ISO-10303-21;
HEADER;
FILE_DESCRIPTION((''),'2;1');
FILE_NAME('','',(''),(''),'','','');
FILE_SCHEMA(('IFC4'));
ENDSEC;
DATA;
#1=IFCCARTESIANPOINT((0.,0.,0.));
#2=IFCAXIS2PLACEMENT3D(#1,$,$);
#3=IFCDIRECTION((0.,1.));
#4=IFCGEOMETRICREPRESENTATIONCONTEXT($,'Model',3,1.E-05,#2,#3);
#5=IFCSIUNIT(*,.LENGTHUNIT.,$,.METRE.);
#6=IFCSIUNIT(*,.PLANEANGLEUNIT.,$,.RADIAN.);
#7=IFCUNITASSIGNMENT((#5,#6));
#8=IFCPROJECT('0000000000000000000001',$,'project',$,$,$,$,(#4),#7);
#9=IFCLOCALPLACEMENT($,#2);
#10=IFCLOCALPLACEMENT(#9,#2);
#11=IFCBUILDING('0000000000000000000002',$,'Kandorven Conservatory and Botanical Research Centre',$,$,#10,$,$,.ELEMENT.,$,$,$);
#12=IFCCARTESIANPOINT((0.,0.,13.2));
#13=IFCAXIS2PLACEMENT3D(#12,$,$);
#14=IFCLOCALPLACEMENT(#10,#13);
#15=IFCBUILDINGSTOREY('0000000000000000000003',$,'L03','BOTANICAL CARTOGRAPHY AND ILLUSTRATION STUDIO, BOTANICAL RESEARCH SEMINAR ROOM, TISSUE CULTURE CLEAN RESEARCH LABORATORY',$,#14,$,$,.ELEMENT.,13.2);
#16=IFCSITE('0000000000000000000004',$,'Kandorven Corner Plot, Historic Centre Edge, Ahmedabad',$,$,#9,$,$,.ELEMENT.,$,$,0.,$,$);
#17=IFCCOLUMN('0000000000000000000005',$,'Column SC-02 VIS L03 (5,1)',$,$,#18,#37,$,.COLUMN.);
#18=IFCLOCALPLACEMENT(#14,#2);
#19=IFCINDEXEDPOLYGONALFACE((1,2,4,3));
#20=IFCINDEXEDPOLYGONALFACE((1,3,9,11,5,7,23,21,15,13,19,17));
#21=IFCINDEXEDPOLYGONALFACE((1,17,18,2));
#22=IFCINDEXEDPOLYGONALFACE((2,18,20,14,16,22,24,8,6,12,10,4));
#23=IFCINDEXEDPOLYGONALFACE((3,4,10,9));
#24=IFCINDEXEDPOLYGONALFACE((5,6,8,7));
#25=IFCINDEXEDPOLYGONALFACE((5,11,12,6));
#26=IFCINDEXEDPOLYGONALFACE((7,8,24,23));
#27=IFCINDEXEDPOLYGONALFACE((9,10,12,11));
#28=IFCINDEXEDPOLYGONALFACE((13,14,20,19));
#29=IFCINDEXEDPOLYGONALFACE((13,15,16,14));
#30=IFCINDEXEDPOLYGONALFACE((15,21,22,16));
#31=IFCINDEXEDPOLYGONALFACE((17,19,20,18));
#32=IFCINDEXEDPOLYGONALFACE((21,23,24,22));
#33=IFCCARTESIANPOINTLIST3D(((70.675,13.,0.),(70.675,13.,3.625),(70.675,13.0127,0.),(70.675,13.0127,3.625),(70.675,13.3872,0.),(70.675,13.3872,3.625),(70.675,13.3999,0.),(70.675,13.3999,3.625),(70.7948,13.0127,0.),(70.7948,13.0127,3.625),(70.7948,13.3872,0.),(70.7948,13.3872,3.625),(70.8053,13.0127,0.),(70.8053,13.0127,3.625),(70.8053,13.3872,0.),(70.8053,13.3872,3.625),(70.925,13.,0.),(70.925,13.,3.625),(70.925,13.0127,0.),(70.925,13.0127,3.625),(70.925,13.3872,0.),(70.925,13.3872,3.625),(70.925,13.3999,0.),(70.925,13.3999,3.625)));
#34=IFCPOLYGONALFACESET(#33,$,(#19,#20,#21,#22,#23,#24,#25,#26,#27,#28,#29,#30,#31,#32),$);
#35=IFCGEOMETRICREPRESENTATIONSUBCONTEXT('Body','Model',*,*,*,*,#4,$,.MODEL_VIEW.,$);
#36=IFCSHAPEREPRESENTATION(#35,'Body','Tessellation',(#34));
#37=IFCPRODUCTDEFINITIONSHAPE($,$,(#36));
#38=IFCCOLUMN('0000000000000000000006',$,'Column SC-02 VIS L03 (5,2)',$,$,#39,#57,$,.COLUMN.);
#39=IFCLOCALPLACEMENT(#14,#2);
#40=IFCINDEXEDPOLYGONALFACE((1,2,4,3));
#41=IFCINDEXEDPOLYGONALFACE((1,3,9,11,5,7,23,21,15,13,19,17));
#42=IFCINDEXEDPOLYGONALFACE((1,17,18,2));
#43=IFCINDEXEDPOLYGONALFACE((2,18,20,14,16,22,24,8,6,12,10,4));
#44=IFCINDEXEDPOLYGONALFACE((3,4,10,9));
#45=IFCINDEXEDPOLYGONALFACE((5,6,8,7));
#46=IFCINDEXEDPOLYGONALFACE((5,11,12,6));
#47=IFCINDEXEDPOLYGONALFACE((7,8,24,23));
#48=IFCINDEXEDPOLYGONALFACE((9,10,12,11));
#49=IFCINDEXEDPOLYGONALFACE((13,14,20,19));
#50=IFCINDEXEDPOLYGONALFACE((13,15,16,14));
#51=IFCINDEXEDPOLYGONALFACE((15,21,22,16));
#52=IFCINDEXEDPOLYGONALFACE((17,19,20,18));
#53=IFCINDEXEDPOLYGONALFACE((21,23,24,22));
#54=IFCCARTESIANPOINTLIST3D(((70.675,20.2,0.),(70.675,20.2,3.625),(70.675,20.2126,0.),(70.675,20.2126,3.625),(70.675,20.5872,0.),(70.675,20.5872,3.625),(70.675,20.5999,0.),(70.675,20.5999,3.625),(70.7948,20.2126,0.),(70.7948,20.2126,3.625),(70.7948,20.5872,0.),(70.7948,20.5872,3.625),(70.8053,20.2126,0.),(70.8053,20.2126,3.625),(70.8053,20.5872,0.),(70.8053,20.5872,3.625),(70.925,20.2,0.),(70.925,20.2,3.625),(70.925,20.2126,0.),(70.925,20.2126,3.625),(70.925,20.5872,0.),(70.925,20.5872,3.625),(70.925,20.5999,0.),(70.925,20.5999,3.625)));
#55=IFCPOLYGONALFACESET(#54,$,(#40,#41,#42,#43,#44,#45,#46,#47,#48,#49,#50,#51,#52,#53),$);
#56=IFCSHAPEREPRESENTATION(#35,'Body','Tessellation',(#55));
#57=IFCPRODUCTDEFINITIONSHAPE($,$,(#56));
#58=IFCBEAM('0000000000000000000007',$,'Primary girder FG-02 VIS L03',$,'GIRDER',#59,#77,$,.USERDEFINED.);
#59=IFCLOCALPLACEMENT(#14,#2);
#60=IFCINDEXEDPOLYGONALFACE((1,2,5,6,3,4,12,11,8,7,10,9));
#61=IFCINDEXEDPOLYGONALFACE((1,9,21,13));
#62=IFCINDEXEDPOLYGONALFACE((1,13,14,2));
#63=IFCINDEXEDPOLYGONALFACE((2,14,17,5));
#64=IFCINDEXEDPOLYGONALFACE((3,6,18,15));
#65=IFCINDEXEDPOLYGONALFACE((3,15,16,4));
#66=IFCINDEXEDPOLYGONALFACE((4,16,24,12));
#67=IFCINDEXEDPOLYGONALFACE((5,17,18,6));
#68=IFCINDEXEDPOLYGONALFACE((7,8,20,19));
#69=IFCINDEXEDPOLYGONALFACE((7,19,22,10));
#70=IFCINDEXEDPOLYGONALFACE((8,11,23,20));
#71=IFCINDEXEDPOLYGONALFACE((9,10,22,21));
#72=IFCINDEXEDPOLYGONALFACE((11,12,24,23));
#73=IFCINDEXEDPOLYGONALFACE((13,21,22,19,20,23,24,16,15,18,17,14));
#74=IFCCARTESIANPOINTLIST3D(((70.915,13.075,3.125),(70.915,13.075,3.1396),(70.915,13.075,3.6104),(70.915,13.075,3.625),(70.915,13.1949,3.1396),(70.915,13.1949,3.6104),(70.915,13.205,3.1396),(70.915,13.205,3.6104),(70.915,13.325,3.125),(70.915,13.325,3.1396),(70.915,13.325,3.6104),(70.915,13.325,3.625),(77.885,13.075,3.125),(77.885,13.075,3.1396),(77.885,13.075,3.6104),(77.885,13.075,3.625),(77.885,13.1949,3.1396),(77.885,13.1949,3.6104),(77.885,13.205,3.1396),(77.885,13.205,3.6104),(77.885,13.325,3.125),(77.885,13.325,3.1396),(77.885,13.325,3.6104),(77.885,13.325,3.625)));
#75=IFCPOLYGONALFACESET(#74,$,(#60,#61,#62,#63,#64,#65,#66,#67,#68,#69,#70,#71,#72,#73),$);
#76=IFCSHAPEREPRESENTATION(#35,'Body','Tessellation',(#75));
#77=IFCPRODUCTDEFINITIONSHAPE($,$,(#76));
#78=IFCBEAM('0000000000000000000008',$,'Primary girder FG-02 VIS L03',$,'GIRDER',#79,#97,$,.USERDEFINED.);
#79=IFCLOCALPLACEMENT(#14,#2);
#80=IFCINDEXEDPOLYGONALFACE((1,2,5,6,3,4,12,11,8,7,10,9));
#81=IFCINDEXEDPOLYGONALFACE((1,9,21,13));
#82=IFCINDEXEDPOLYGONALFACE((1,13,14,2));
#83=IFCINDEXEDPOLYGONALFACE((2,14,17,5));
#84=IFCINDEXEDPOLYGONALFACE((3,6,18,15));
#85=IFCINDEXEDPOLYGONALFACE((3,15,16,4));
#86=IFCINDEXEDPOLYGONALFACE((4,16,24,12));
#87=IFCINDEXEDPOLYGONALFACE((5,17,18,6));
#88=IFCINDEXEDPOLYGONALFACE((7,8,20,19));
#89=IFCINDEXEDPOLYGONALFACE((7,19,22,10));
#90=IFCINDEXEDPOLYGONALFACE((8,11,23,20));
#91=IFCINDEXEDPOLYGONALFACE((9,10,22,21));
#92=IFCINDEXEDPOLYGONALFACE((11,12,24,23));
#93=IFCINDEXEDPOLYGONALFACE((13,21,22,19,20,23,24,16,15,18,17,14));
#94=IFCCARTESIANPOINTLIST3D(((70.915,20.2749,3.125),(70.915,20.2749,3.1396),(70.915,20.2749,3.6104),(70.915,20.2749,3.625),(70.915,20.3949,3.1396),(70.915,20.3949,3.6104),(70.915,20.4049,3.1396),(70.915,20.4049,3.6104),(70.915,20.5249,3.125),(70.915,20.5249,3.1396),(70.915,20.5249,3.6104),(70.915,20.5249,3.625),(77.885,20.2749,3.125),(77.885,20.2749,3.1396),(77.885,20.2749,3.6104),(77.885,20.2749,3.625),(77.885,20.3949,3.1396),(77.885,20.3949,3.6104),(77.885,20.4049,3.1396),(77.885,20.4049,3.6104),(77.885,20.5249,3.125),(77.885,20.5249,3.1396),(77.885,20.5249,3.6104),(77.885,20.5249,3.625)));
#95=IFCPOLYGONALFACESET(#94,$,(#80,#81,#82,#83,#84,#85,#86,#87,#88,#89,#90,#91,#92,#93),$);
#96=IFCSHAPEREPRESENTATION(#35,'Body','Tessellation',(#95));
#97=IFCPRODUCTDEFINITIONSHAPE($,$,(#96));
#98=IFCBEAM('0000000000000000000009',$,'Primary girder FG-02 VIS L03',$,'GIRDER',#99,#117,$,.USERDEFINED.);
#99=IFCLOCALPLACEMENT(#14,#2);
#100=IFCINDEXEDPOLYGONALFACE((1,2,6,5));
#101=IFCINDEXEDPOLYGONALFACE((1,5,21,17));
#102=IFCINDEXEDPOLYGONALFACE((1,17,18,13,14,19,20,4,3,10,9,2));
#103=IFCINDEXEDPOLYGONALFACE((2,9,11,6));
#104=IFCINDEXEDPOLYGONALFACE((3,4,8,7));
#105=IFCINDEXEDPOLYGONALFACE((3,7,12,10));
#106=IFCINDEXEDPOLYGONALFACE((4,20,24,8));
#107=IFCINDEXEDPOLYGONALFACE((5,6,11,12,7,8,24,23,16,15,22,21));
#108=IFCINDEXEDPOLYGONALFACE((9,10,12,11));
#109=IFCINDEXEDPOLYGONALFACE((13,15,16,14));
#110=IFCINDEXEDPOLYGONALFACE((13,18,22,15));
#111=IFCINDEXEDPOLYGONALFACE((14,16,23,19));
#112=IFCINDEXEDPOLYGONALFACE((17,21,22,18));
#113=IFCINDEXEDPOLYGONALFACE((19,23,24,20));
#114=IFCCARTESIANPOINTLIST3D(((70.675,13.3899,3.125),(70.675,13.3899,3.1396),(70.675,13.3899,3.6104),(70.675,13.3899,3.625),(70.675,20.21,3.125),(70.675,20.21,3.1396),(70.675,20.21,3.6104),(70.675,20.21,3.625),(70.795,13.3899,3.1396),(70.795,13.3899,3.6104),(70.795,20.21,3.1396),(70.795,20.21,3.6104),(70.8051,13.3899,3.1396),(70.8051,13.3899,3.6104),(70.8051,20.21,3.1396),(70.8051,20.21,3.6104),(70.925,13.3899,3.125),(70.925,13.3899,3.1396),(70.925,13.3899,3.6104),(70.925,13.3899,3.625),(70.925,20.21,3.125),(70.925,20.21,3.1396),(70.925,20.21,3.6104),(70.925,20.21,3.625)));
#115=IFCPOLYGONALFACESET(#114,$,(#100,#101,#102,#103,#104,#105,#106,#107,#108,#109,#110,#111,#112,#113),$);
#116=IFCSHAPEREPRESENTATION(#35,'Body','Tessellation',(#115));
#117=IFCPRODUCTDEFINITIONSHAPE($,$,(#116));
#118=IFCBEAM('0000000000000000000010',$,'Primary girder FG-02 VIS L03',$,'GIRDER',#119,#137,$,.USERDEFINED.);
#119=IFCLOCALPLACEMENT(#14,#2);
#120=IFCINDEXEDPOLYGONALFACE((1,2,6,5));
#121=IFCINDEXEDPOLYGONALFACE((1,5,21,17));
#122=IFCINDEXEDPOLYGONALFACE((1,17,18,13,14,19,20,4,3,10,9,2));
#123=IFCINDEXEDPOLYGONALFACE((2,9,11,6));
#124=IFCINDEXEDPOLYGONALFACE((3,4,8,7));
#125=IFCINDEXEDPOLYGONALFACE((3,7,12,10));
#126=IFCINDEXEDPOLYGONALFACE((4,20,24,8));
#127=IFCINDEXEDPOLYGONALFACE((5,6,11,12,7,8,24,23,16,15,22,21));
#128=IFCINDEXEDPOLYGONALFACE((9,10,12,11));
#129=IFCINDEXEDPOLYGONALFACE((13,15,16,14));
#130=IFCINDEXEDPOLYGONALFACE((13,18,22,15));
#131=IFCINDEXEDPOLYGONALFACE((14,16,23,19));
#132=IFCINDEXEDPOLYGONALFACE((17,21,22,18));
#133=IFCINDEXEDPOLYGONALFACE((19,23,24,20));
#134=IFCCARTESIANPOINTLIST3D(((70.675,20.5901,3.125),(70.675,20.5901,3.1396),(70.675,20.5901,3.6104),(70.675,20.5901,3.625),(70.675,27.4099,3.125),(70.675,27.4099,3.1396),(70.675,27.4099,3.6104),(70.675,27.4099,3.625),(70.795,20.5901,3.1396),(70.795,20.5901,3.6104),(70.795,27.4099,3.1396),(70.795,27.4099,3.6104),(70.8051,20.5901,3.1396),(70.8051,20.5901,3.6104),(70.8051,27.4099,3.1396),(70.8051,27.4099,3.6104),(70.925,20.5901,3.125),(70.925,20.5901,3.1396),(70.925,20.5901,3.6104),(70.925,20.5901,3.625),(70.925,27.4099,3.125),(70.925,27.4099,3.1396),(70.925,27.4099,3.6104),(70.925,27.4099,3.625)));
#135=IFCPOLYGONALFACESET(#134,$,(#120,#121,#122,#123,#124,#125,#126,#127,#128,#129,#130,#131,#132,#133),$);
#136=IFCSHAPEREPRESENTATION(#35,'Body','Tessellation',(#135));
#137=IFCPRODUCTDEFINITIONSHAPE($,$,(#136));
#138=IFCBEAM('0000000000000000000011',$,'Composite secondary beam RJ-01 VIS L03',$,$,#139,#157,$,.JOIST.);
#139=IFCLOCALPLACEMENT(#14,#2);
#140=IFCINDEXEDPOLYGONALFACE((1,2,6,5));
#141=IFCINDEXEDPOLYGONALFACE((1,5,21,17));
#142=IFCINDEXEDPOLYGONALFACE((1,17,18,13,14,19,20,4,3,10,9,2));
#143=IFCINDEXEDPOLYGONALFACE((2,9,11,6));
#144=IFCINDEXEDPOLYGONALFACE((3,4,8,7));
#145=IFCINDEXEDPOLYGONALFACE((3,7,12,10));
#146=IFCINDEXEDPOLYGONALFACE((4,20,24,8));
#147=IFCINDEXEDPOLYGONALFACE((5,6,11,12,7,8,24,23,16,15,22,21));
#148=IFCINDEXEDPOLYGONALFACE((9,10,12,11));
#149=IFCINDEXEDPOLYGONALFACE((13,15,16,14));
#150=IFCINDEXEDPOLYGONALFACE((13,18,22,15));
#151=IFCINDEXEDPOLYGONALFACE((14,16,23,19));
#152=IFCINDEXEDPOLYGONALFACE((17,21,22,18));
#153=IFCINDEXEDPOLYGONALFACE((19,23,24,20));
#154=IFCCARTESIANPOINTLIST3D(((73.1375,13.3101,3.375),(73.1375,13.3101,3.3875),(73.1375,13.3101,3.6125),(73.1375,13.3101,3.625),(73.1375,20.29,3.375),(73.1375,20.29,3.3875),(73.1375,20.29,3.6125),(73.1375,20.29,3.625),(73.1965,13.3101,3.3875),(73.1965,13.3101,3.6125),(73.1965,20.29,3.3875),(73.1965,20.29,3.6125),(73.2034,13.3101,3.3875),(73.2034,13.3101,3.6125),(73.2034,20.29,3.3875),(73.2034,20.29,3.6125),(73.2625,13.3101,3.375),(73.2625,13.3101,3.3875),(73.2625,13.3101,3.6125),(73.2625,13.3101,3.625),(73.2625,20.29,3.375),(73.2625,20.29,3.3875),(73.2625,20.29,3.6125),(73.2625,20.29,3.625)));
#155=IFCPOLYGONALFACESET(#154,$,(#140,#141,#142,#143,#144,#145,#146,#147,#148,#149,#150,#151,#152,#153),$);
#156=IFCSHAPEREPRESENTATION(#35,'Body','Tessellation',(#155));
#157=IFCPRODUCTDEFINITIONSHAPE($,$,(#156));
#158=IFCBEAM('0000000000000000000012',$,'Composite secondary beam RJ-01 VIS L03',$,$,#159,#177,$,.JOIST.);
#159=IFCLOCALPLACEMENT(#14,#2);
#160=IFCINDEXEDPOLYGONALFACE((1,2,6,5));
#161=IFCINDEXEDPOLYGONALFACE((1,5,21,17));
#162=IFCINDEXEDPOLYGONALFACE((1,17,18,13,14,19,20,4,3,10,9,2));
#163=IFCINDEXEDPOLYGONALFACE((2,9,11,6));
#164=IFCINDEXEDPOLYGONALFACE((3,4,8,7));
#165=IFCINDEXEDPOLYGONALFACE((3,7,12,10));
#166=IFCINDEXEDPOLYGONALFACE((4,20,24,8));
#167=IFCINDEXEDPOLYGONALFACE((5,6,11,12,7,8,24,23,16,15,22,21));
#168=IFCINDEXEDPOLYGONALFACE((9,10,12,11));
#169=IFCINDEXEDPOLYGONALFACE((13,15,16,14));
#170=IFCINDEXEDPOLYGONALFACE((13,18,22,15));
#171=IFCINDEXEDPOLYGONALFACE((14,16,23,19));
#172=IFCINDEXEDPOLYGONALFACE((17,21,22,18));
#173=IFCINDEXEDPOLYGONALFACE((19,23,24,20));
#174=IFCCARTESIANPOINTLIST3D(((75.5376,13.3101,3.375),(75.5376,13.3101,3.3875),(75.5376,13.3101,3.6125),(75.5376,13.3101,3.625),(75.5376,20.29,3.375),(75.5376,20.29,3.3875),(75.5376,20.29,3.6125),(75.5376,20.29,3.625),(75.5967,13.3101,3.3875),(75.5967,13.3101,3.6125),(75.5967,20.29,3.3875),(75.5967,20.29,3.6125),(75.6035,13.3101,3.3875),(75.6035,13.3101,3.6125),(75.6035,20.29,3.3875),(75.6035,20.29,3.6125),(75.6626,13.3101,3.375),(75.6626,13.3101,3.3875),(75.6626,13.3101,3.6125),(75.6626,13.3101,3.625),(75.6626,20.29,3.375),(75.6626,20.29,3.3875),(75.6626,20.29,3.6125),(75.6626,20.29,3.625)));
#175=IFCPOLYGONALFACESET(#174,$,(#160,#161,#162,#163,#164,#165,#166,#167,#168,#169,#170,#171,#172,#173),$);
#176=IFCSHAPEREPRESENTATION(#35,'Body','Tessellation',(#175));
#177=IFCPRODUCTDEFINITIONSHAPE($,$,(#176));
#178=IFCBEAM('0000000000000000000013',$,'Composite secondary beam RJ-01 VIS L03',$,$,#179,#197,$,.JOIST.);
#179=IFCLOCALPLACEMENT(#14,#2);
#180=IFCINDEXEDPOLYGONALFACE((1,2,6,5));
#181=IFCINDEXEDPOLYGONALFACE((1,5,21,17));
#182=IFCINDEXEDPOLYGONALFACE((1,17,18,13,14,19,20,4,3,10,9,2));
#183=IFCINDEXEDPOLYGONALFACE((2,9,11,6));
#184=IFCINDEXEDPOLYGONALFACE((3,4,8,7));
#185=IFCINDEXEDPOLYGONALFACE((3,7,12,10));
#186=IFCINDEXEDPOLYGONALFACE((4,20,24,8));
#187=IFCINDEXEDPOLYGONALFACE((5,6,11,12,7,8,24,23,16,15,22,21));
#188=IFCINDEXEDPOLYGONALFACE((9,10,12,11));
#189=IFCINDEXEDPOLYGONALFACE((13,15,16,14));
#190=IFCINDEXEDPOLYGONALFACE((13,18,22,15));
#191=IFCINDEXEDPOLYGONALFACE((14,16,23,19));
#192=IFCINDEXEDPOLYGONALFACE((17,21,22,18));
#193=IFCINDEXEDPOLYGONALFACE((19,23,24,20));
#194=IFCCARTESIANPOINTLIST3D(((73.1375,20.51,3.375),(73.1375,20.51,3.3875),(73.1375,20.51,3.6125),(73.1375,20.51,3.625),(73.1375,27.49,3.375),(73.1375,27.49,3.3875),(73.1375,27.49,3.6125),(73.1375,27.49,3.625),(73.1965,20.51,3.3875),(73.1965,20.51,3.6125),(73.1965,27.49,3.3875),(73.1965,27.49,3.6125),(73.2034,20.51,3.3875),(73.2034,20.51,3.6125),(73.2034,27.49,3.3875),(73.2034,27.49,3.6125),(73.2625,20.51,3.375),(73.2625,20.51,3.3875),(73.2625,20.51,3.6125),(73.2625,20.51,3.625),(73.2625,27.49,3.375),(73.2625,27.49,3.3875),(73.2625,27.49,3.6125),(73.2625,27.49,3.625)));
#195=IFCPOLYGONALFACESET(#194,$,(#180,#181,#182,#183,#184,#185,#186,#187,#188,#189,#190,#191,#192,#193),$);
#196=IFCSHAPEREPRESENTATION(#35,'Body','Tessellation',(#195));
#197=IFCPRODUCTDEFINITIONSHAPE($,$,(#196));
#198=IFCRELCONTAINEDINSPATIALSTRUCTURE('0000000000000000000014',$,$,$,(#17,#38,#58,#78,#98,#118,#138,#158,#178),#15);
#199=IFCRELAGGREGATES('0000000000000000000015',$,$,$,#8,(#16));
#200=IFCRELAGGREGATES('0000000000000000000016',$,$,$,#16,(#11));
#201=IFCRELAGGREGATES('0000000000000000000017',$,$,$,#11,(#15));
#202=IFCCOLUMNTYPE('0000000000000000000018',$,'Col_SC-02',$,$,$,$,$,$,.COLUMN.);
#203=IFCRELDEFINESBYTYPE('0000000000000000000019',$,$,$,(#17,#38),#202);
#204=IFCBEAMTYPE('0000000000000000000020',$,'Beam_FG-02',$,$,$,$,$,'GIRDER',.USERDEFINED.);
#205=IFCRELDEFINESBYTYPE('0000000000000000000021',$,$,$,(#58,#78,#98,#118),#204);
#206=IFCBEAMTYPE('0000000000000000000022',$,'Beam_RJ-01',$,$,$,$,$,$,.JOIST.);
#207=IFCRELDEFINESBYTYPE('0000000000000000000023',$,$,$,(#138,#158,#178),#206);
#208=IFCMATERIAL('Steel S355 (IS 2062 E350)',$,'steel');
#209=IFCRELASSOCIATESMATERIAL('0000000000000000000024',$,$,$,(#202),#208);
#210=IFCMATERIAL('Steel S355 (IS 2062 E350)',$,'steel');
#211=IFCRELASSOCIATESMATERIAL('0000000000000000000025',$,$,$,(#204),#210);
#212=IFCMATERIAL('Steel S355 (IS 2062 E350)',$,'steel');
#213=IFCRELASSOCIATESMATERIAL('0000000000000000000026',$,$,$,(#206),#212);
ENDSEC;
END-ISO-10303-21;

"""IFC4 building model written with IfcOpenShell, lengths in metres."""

from ifc_helpers import new_model, si_unit, direction, frame, origin, origin_2d, place, context, subcontext, project, spatial, i_section, extrude, material, material_profile, profile_set, type_object, element, save


model = new_model("IFC4")

# Units and contexts
model_context = context("Model", 3, precision=1e-05, world=origin(), true_north=direction((0.0, 1.0)))
body_context = subcontext(model_context, "Body", "Model", "MODEL_VIEW")
ifc_project = project(units=[si_unit("LENGTHUNIT", "METRE"), si_unit("PLANEANGLEUNIT", "RADIAN")], contexts=[model_context])

# Site, building, storey
site_placement = place(None, origin())
site = spatial("IfcSite", under=ifc_project, at=site_placement, Name="Kandorven Corner Plot, Historic Centre Edge, Ahmedabad", CompositionType="ELEMENT", RefElevation=0.0)
building_placement = place(site_placement, origin())
building = spatial("IfcBuilding", under=site, at=building_placement, Name="Kandorven Conservatory and Botanical Research Centre", CompositionType="ELEMENT")
storey_placement = place(building_placement, frame((0.0, 0.0, 13.2)))
storey = spatial("IfcBuildingStorey", under=building, at=storey_placement, Name="L03", Description="BOTANICAL CARTOGRAPHY AND ILLUSTRATION STUDIO, BOTANICAL RESEARCH SEMINAR ROOM, TISSUE CULTURE CLEAN RESEARCH LABORATORY", CompositionType="ELEMENT", Elevation=13.2)

# Columns
ifc_material_1 = material(Name="Steel S355 (IS 2062 E350)", Category="steel")
ifc_material_profile_1 = material_profile(ifc_material_1, i_section(OverallWidth=0.25, OverallDepth=0.3999, WebThickness=0.0105, FlangeThickness=0.0127, at=origin_2d()))
ifc_profile_set_1 = profile_set([ifc_material_profile_1], Name="Steel S355 (IS 2062 E350)")
column_type = type_object("IfcColumnType", Name="Col_SC-02", PredefinedType="COLUMN", material=ifc_profile_set_1)
for number, where, z_axis, x_axis, name in (
    (1, (70.8, 13.2, 0.0), (0.0, 0.0, 1.0), (1.0, 0.0, 0.0), "Column SC-02 VIS L03 (5,1)"),
    (2, (70.8, 20.3999, 0.0), (0.0, 0.0, 1.0), (1.0, 0.0, 0.0), "Column SC-02 VIS L03 (5,2)"),
):
    element("IfcColumn", number, at=place(storey_placement, frame(where, z_axis=z_axis, x_axis=x_axis)), inside=storey, type_object=column_type, Name=name, PredefinedType="COLUMN", context=body_context, shape_type="SweptSolid", body=[
        extrude(i_section(OverallWidth=0.25, OverallDepth=0.3999, WebThickness=0.0105, FlangeThickness=0.0127, at=origin_2d()), origin(), (0.0, 0.0, 1.0), 3.625),
    ])

# Beams
ifc_material_2 = material(Name="Steel S355 (IS 2062 E350)", Category="steel")
ifc_material_profile_2 = material_profile(ifc_material_2, i_section(OverallWidth=0.25, OverallDepth=0.5, WebThickness=0.01, FlangeThickness=0.0146, at=origin_2d()))
ifc_profile_set_2 = profile_set([ifc_material_profile_2], Name="Steel S355 (IS 2062 E350)")
beam_type_1 = type_object("IfcBeamType", Name="Beam_FG-02", ElementType="GIRDER", PredefinedType="USERDEFINED", material=ifc_profile_set_2)
for number, where, z_axis, x_axis, name in (
    (3, (70.915, 13.2, 3.375), (1.0, 0.0, 0.0), (0.0, 1.0, 0.0), "Primary girder FG-02 VIS L03"),
    (4, (70.915, 20.3999, 3.375), (1.0, 0.0, 0.0), (0.0, 1.0, 0.0), "Primary girder FG-02 VIS L03"),
):
    element("IfcBeam", number, at=place(storey_placement, frame(where, z_axis=z_axis, x_axis=x_axis)), inside=storey, type_object=beam_type_1, Name=name, ObjectType="GIRDER", PredefinedType="USERDEFINED", context=body_context, shape_type="SweptSolid", body=[
        extrude(i_section(OverallWidth=0.25, OverallDepth=0.5, WebThickness=0.01, FlangeThickness=0.0146, at=origin_2d()), origin(), (0.0, 0.0, 1.0), 6.97),
    ])
beam_1_placement = place(storey_placement, frame((70.8, 13.3899, 3.375), z_axis=(0.0, 1.0, 0.0), x_axis=(-1.0, 0.0, 0.0)))
element("IfcBeam", 5, at=beam_1_placement, inside=storey, type_object=beam_type_1, Name="Primary girder FG-02 VIS L03", ObjectType="GIRDER", PredefinedType="USERDEFINED", context=body_context, shape_type="SweptSolid", body=[
    extrude(i_section(OverallWidth=0.25, OverallDepth=0.5, WebThickness=0.01, FlangeThickness=0.0146, at=origin_2d()), origin(), (0.0, 0.0, 1.0), 6.8201),
])
beam_2_placement = place(storey_placement, frame((70.8, 20.5901, 3.375), z_axis=(0.0, 1.0, 0.0), x_axis=(-1.0, 0.0, 0.0)))
element("IfcBeam", 6, at=beam_2_placement, inside=storey, type_object=beam_type_1, Name="Primary girder FG-02 VIS L03", ObjectType="GIRDER", PredefinedType="USERDEFINED", context=body_context, shape_type="SweptSolid", body=[
    extrude(i_section(OverallWidth=0.25, OverallDepth=0.5, WebThickness=0.01, FlangeThickness=0.0146, at=origin_2d()), origin(), (0.0, 0.0, 1.0), 6.8198),
])
ifc_material_3 = material(Name="Steel S355 (IS 2062 E350)", Category="steel")
ifc_material_profile_3 = material_profile(ifc_material_3, i_section(OverallWidth=0.125, OverallDepth=0.25, WebThickness=0.0068, FlangeThickness=0.0125, at=origin_2d()))
ifc_profile_set_3 = profile_set([ifc_material_profile_3], Name="Steel S355 (IS 2062 E350)")
beam_type_2 = type_object("IfcBeamType", Name="Beam_RJ-01", PredefinedType="JOIST", material=ifc_profile_set_3)
for number, where, z_axis, x_axis, name in (
    (7, (73.2, 13.3101, 3.5), (0.0, 1.0, 0.0), (-1.0, 0.0, 0.0), "Composite secondary beam RJ-01 VIS L03"),
    (8, (75.6001, 13.3101, 3.5), (0.0, 1.0, 0.0), (-1.0, 0.0, 0.0), "Composite secondary beam RJ-01 VIS L03"),
    (9, (73.2, 20.51, 3.5), (0.0, 1.0, 0.0), (-1.0, 0.0, 0.0), "Composite secondary beam RJ-01 VIS L03"),
):
    element("IfcBeam", number, at=place(storey_placement, frame(where, z_axis=z_axis, x_axis=x_axis)), inside=storey, type_object=beam_type_2, Name=name, PredefinedType="JOIST", context=body_context, shape_type="SweptSolid", body=[
        extrude(i_section(OverallWidth=0.125, OverallDepth=0.25, WebThickness=0.0068, FlangeThickness=0.0125, at=origin_2d()), origin(), (0.0, 0.0, 1.0), 6.98),
    ])

save(model, "model.ifc")
